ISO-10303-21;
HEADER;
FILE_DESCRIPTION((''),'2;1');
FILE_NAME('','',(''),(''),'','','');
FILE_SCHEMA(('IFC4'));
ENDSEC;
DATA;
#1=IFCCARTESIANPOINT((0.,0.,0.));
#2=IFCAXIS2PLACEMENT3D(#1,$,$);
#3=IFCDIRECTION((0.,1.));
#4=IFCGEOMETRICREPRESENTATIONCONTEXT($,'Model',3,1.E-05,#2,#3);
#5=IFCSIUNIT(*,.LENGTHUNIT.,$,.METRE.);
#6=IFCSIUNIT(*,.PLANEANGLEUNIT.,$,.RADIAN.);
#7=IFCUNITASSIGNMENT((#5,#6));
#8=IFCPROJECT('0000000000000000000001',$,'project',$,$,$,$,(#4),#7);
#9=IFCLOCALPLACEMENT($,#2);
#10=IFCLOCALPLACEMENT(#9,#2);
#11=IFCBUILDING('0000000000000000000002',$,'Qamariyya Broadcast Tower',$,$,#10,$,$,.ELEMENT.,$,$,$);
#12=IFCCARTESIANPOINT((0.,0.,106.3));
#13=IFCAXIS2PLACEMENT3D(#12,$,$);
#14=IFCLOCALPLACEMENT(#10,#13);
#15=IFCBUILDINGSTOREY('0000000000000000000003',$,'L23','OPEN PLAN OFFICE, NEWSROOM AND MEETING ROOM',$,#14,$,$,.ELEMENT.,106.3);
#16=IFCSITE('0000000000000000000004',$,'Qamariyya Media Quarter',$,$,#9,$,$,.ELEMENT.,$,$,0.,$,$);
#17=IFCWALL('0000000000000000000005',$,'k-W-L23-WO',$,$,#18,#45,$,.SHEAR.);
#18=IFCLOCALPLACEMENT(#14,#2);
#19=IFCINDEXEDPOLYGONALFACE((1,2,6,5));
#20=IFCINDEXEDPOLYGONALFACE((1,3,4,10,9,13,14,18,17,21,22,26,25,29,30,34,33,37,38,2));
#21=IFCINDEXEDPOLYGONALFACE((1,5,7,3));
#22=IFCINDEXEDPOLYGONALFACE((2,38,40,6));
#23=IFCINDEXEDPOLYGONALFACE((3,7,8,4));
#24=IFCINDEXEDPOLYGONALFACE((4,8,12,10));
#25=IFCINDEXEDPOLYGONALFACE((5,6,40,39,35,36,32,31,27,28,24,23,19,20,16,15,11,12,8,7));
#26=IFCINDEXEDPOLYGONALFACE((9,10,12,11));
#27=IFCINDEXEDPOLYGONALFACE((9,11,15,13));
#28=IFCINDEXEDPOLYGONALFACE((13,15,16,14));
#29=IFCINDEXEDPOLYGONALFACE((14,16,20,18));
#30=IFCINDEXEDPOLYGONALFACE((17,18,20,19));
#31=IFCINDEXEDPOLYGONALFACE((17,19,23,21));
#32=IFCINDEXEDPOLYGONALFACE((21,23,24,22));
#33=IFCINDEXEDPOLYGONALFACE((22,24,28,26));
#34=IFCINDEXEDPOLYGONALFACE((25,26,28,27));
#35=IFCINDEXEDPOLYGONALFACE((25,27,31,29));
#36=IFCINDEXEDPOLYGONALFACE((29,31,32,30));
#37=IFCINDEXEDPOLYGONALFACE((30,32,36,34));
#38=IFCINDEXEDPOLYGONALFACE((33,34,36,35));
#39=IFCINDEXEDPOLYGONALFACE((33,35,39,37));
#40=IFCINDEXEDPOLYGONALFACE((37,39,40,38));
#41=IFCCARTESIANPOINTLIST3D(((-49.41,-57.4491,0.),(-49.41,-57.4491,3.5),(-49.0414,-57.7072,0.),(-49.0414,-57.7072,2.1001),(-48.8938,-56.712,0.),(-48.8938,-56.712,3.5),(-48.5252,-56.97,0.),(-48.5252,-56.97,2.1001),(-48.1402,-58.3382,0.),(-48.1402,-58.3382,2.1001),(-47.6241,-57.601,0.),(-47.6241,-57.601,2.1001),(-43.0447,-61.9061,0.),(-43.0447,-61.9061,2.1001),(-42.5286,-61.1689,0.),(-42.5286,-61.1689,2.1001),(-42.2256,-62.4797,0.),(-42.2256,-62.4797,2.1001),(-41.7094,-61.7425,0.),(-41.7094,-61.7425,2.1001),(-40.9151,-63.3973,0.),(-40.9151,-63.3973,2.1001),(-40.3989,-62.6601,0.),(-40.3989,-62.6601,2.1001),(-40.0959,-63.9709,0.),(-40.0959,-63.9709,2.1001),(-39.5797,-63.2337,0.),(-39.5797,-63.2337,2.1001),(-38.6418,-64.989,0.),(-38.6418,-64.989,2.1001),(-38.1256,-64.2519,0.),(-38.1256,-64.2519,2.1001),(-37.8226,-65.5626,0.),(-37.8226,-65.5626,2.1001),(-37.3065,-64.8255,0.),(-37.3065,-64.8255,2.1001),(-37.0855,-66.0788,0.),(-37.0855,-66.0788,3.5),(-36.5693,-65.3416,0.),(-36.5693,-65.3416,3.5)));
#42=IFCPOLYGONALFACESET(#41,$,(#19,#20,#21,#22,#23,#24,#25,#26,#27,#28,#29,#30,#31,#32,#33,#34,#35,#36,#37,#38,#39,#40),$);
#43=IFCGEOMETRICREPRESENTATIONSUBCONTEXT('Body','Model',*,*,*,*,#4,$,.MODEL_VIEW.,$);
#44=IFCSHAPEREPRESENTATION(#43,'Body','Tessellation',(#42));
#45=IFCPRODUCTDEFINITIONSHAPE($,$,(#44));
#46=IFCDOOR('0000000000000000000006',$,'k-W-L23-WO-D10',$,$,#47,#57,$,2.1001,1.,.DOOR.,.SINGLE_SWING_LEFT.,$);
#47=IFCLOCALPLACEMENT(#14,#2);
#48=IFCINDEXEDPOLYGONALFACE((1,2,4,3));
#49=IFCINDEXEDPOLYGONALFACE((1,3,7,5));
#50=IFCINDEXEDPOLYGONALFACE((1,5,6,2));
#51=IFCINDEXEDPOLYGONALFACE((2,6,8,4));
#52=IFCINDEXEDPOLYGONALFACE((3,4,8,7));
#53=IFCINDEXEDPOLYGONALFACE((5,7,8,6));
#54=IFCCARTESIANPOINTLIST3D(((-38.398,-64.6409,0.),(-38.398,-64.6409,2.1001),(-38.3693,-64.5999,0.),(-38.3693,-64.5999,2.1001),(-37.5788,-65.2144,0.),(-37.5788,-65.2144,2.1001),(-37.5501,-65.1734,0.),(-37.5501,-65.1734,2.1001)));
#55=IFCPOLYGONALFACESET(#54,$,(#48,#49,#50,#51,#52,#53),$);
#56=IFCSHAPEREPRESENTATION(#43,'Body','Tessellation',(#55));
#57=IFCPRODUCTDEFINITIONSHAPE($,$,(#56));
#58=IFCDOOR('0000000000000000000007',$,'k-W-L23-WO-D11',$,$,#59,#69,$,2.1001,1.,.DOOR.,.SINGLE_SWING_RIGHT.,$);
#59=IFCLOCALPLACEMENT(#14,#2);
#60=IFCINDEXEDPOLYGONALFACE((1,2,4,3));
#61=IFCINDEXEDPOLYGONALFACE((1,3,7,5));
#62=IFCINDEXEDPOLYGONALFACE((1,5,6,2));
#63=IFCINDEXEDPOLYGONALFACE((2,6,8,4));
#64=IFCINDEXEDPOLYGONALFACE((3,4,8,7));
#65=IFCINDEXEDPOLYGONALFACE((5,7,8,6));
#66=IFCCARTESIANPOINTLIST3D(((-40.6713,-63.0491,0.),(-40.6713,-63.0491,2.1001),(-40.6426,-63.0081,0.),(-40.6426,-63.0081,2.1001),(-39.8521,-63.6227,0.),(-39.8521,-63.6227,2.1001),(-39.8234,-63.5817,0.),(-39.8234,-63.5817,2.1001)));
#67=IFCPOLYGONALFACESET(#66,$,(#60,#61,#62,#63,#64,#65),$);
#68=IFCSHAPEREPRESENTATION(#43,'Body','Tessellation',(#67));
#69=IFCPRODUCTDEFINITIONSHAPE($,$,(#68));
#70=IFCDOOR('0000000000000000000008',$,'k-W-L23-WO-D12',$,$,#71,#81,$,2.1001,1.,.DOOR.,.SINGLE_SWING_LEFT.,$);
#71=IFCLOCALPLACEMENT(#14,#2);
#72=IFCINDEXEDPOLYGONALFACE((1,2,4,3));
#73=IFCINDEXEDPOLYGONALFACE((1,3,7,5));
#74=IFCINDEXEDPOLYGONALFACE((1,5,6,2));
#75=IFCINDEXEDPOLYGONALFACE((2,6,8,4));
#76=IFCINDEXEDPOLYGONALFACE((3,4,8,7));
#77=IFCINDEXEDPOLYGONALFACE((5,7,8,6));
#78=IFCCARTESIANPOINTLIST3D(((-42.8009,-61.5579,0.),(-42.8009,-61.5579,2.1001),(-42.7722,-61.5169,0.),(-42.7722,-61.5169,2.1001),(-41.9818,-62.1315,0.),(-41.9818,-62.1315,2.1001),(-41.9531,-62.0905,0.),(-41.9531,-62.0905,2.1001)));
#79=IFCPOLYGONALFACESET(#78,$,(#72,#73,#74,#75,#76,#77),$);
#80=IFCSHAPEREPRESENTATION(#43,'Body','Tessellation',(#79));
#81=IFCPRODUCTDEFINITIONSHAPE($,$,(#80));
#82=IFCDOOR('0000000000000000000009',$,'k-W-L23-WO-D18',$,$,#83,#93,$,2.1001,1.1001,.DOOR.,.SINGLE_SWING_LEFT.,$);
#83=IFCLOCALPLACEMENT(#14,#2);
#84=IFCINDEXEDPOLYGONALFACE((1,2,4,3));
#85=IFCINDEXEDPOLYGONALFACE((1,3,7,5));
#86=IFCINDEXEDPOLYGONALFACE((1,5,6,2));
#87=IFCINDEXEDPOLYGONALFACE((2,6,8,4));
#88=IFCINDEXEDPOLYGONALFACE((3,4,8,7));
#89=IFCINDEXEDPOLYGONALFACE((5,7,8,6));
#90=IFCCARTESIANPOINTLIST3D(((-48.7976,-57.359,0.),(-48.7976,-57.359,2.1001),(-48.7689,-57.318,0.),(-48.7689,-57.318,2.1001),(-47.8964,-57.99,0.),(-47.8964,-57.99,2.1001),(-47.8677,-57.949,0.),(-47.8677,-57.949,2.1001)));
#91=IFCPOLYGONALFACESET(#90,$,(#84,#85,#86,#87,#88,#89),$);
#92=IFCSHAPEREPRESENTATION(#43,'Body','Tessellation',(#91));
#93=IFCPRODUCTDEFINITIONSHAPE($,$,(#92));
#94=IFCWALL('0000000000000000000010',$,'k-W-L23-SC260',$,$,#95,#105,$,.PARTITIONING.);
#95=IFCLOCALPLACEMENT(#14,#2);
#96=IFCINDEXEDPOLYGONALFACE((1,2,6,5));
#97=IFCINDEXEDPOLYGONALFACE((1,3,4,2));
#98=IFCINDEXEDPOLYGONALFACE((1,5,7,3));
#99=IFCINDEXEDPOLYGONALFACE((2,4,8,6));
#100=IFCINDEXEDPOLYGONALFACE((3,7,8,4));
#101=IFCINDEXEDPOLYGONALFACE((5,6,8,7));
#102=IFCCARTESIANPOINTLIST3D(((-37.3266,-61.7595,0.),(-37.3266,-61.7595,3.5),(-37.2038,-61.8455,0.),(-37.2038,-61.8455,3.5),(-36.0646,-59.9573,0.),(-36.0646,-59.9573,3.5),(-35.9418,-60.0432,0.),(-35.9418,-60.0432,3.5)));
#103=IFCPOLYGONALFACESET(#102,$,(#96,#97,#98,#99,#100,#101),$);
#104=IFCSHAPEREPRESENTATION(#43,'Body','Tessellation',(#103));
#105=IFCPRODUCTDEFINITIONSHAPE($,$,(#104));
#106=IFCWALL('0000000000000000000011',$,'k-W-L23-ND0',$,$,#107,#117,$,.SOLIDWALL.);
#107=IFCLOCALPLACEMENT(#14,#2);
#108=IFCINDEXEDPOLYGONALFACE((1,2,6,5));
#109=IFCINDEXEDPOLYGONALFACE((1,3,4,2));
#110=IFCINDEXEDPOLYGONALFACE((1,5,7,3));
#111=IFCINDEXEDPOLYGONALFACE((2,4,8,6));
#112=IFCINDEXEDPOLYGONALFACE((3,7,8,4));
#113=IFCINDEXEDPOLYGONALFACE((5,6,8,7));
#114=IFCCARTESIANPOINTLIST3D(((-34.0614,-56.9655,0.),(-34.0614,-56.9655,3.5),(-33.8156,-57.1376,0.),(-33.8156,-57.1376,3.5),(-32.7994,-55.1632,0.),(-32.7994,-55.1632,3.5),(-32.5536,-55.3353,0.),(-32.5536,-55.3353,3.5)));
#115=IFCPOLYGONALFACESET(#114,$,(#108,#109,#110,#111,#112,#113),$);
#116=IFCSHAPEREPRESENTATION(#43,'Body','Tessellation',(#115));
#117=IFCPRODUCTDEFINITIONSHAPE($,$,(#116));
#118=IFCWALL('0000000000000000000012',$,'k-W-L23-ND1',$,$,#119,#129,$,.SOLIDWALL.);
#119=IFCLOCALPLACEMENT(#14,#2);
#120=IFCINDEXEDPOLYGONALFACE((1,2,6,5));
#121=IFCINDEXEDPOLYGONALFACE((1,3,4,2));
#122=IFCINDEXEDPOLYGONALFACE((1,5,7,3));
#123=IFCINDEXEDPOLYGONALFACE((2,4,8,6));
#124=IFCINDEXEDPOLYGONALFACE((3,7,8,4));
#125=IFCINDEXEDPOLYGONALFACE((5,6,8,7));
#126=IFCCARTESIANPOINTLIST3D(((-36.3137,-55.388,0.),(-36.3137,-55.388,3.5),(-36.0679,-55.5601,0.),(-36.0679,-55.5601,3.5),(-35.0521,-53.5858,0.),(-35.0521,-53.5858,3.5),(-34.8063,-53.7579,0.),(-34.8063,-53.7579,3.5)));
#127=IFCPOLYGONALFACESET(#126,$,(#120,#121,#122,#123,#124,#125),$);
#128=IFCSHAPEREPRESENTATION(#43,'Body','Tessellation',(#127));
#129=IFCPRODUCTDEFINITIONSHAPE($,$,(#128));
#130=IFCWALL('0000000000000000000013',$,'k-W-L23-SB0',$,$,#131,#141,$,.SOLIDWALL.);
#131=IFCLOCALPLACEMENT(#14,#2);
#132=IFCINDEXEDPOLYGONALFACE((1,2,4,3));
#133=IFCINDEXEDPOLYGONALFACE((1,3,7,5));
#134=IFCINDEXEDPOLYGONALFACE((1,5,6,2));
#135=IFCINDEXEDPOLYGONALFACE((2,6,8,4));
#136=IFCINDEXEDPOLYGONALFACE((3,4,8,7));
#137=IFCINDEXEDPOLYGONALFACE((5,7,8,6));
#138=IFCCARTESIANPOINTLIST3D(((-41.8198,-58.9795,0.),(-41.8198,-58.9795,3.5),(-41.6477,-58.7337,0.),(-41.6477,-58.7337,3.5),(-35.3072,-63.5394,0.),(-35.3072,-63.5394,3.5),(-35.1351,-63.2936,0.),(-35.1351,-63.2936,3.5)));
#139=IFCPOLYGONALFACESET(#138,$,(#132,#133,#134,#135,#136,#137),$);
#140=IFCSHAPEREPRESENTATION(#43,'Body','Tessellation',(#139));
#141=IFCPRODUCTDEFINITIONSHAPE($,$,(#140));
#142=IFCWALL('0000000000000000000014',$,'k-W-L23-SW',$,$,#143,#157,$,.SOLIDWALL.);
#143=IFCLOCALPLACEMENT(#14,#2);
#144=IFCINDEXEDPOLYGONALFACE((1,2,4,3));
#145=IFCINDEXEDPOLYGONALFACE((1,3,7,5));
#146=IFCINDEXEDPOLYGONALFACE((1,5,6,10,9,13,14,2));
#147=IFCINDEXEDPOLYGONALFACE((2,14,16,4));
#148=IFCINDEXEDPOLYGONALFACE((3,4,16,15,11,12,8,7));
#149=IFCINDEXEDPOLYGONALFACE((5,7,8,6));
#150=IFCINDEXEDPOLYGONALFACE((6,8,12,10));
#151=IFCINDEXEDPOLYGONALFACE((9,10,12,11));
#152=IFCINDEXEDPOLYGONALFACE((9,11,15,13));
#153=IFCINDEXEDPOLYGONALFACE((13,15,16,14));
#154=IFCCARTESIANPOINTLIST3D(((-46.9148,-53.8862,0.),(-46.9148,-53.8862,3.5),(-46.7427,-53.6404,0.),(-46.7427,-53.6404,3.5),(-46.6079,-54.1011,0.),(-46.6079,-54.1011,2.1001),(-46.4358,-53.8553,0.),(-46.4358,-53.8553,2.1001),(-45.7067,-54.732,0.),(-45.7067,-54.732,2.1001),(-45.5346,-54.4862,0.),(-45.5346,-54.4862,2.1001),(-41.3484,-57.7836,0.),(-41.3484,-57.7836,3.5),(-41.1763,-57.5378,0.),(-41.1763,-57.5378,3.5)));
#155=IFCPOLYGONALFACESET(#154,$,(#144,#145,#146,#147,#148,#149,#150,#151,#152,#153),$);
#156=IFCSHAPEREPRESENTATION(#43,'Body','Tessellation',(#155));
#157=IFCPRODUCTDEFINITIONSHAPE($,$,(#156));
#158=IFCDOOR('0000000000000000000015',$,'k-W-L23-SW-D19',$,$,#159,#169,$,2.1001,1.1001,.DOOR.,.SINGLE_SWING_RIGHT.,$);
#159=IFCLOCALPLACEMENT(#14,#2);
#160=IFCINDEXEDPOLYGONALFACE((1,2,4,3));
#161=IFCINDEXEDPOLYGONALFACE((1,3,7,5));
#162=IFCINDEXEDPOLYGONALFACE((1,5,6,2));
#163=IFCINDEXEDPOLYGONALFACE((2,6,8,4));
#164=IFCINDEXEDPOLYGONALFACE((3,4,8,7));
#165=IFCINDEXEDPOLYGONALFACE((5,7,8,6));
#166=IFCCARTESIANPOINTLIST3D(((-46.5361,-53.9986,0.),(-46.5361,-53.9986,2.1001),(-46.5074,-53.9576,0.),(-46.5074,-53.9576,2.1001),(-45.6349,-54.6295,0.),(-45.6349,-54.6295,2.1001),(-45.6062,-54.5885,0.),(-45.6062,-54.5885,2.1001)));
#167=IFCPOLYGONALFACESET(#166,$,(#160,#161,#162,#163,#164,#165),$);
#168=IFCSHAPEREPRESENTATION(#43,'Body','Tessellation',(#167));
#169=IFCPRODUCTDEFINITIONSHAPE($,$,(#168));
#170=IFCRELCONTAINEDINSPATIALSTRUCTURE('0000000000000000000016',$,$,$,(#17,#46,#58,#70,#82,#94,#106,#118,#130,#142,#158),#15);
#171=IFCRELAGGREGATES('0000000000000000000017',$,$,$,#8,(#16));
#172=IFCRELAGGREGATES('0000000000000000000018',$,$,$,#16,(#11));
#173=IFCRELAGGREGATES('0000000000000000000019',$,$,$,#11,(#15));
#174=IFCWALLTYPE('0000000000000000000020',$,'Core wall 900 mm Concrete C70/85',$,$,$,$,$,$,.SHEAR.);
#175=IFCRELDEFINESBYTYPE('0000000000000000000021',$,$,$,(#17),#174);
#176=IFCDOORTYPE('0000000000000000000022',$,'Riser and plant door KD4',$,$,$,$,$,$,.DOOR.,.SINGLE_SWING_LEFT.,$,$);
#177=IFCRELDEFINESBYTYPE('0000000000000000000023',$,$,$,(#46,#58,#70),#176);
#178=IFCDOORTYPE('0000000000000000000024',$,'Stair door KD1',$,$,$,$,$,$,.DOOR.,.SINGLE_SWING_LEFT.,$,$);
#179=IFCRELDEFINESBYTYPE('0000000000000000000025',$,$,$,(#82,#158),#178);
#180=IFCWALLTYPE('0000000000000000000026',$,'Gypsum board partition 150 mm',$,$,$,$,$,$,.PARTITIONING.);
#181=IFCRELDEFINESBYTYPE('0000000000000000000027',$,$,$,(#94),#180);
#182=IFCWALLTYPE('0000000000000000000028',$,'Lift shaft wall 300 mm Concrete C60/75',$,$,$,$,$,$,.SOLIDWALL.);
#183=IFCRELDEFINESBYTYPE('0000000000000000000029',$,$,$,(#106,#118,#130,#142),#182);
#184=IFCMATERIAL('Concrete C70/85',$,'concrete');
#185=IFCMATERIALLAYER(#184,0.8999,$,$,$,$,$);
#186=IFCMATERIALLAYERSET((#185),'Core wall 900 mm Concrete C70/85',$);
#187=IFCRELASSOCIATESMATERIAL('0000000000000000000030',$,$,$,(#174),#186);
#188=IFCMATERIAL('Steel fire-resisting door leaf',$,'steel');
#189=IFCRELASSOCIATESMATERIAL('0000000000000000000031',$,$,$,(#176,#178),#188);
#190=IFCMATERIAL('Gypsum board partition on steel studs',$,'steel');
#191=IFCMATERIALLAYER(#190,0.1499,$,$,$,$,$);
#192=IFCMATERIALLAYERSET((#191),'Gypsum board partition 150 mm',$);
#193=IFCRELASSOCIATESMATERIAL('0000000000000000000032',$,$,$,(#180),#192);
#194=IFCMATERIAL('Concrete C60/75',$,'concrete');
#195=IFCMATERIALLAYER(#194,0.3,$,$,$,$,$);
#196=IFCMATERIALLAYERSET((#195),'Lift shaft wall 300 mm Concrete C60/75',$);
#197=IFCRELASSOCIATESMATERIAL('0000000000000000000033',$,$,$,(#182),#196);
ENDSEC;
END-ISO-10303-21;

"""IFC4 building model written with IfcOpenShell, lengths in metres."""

from ifc_helpers import new_model, si_unit, direction, frame, frame_2d, origin, place, context, subcontext, project, spatial, rectangle, extrude, material, layer, layer_set, type_object, element, fill, save


model = new_model("IFC4")

# Units and contexts
model_context = context("Model", 3, precision=1e-05, world=origin(), true_north=direction((0.0, 1.0)))
body_context = subcontext(model_context, "Body", "Model", "MODEL_VIEW")
ifc_project = project(units=[si_unit("LENGTHUNIT", "METRE"), si_unit("PLANEANGLEUNIT", "RADIAN")], contexts=[model_context])

# Site, building, storey
site_placement = place(None, origin())
site = spatial("IfcSite", under=ifc_project, at=site_placement, Name="Qamariyya Media Quarter", CompositionType="ELEMENT", RefElevation=0.0)
building_placement = place(site_placement, origin())
building = spatial("IfcBuilding", under=site, at=building_placement, Name="Qamariyya Broadcast Tower", CompositionType="ELEMENT")
storey_placement = place(building_placement, frame((0.0, 0.0, 106.3)))
storey = spatial("IfcBuildingStorey", under=building, at=storey_placement, Name="L23", Description="OPEN PLAN OFFICE, NEWSROOM AND MEETING ROOM", CompositionType="ELEMENT", Elevation=106.3)

# Shared definitions
ifc_material_1 = material(Name="Concrete C70/85", Category="concrete")

# Shared definitions
ifc_layer_1 = layer(ifc_material_1, 0.8999)
ifc_layer_set_1 = layer_set([ifc_layer_1], Name="Core wall 900 mm Concrete C70/85")
wall_type_1 = type_object("IfcWallType", Name="Core wall 900 mm Concrete C70/85", PredefinedType="SHEAR", material=ifc_layer_set_1)
ifc_material_2 = material(Name="Steel fire-resisting door leaf", Category="steel")

# Wall, openings, doors
wall_1_placement = place(storey_placement, frame((-36.8274, -65.7102, 0.0), z_axis=(0.0, 0.0, 1.0), x_axis=(-0.819153, 0.573575, 0.0)))
wall_1 = element("IfcWall", 1, at=wall_1_placement, inside=storey, type_object=wall_type_1, Name="k-W-L23-WO", PredefinedType="SHEAR", context=body_context, shape_type="SweptSolid", body=[
    extrude(rectangle(XDim=15.0454, YDim=0.8999, at=frame_2d((7.5227, 0.0))), origin(), (0.0, 0.0, 1.0), 3.5),
])
opening_1_placement = place(wall_1_placement, frame((0.8999, 0.0, 0.0)))
opening_1 = element("IfcOpeningElement", 2, at=opening_1_placement, cuts=wall_1, PredefinedType="OPENING", context=body_context, shape_type="SweptSolid", body=[
    extrude(rectangle(XDim=1.0, YDim=2.1001, at=frame_2d((0.5, 1.05))), frame((0.0, 0.46, 0.0), z_axis=(0.0, -1.0, 0.0), x_axis=(1.0, 0.0, 0.0)), (0.0, 0.0, 1.0), 0.9199),
])
opening_2_placement = place(wall_1_placement, frame((3.675, 0.0, 0.0)))
opening_2 = element("IfcOpeningElement", 3, at=opening_2_placement, cuts=wall_1, PredefinedType="OPENING", context=body_context, shape_type="SweptSolid", body=[
    extrude(rectangle(XDim=1.0, YDim=2.1001, at=frame_2d((0.5, 1.05))), frame((0.0, 0.46, 0.0), z_axis=(0.0, -1.0, 0.0), x_axis=(1.0, 0.0, 0.0)), (0.0, 0.0, 1.0), 0.9199),
])
opening_3_placement = place(wall_1_placement, frame((6.2749, 0.0, 0.0)))
opening_3 = element("IfcOpeningElement", 4, at=opening_3_placement, cuts=wall_1, PredefinedType="OPENING", context=body_context, shape_type="SweptSolid", body=[
    extrude(rectangle(XDim=1.0, YDim=2.1001, at=frame_2d((0.5, 1.05))), frame((0.0, 0.46, 0.0), z_axis=(0.0, -1.0, 0.0), x_axis=(1.0, 0.0, 0.0)), (0.0, 0.0, 1.0), 0.9199),
])
opening_4_placement = place(wall_1_placement, frame((13.4954, 0.0, 0.0)))
opening_4 = element("IfcOpeningElement", 5, at=opening_4_placement, cuts=wall_1, PredefinedType="OPENING", context=body_context, shape_type="SweptSolid", body=[
    extrude(rectangle(XDim=1.1001, YDim=2.1001, at=frame_2d((0.55, 1.05))), frame((0.0, 0.46, 0.0), z_axis=(0.0, -1.0, 0.0), x_axis=(1.0, 0.0, 0.0)), (0.0, 0.0, 1.0), 0.9199),
])
door_type_1 = type_object("IfcDoorType", Name="Riser and plant door KD4", OperationType="SINGLE_SWING_LEFT", PredefinedType="DOOR", material=ifc_material_2)
door_1_placement = place(opening_1_placement, origin())
door_1 = element("IfcDoor", 6, at=door_1_placement, inside=storey, type_object=door_type_1, Name="k-W-L23-WO-D10", OperationType="SINGLE_SWING_LEFT", OverallHeight=2.1001, OverallWidth=1.0, PredefinedType="DOOR", context=body_context, shape_type="SweptSolid", body=[
    extrude(rectangle(XDim=1.0, YDim=2.1001, at=frame_2d((0.5, 1.05))), frame((0.0, 0.0249, 0.0), z_axis=(0.0, -1.0, 0.0), x_axis=(1.0, 0.0, 0.0)), (0.0, 0.0, 1.0), 0.05),
])
fill(opening_1, door_1)
door_2_placement = place(opening_2_placement, origin())
door_2 = element("IfcDoor", 7, at=door_2_placement, inside=storey, type_object=door_type_1, Name="k-W-L23-WO-D11", OperationType="SINGLE_SWING_RIGHT", OverallHeight=2.1001, OverallWidth=1.0, PredefinedType="DOOR", context=body_context, shape_type="SweptSolid", body=[
    extrude(rectangle(XDim=1.0, YDim=2.1001, at=frame_2d((0.5, 1.05))), frame((0.0, 0.0249, 0.0), z_axis=(0.0, -1.0, 0.0), x_axis=(1.0, 0.0, 0.0)), (0.0, 0.0, 1.0), 0.05),
])
fill(opening_2, door_2)
door_3_placement = place(opening_3_placement, origin())
door_3 = element("IfcDoor", 8, at=door_3_placement, inside=storey, type_object=door_type_1, Name="k-W-L23-WO-D12", OperationType="SINGLE_SWING_LEFT", OverallHeight=2.1001, OverallWidth=1.0, PredefinedType="DOOR", context=body_context, shape_type="SweptSolid", body=[
    extrude(rectangle(XDim=1.0, YDim=2.1001, at=frame_2d((0.5, 1.05))), frame((0.0, 0.0249, 0.0), z_axis=(0.0, -1.0, 0.0), x_axis=(1.0, 0.0, 0.0)), (0.0, 0.0, 1.0), 0.05),
])
fill(opening_3, door_3)
door_type_2 = type_object("IfcDoorType", Name="Stair door KD1", OperationType="SINGLE_SWING_LEFT", PredefinedType="DOOR", material=ifc_material_2)
door_4_placement = place(opening_4_placement, origin())
door_4 = element("IfcDoor", 9, at=door_4_placement, inside=storey, type_object=door_type_2, Name="k-W-L23-WO-D18", OperationType="SINGLE_SWING_LEFT", OverallHeight=2.1001, OverallWidth=1.1001, PredefinedType="DOOR", context=body_context, shape_type="SweptSolid", body=[
    extrude(rectangle(XDim=1.1001, YDim=2.1001, at=frame_2d((0.55, 1.05))), frame((0.0, 0.0249, 0.0), z_axis=(0.0, -1.0, 0.0), x_axis=(1.0, 0.0, 0.0)), (0.0, 0.0, 1.0), 0.05),
])
fill(opening_4, door_4)

# Walls
ifc_material_3 = material(Name="Gypsum board partition on steel studs", Category="steel")
ifc_layer_2 = layer(ifc_material_3, 0.1499)
ifc_layer_set_2 = layer_set([ifc_layer_2], Name="Gypsum board partition 150 mm")
wall_type_2 = type_object("IfcWallType", Name="Gypsum board partition 150 mm", PredefinedType="PARTITIONING", material=ifc_layer_set_2)
wall_2_placement = place(storey_placement, frame((-36.0032, -60.0002, 0.0), z_axis=(0.0, 0.0, 1.0), x_axis=(-0.573581, -0.819149, 0.0)))
element("IfcWall", 10, at=wall_2_placement, inside=storey, type_object=wall_type_2, Name="k-W-L23-SC260", PredefinedType="PARTITIONING", context=body_context, shape_type="SweptSolid", body=[
    extrude(rectangle(XDim=2.2002, YDim=0.1499, at=frame_2d((1.1001, 0.0))), origin(), (0.0, 0.0, 1.0), 3.5),
])
ifc_material_4 = material(Name="Concrete C60/75", Category="concrete")
ifc_layer_3 = layer(ifc_material_4, 0.3)
ifc_layer_set_3 = layer_set([ifc_layer_3], Name="Lift shaft wall 300 mm Concrete C60/75")
wall_type_3 = type_object("IfcWallType", Name="Lift shaft wall 300 mm Concrete C60/75", PredefinedType="SOLIDWALL", material=ifc_layer_set_3)
wall_3_placement = place(storey_placement, frame((-33.9385, -57.0515, 0.0), z_axis=(0.0, 0.0, 1.0), x_axis=(0.573581, 0.819149, 0.0)))
element("IfcWall", 11, at=wall_3_placement, inside=storey, type_object=wall_type_3, Name="k-W-L23-ND0", PredefinedType="SOLIDWALL", context=body_context, shape_type="SweptSolid", body=[
    extrude(rectangle(XDim=2.2002, YDim=0.3, at=frame_2d((1.1001, 0.0))), origin(), (0.0, 0.0, 1.0), 3.5),
])
wall_4_placement = place(storey_placement, frame((-36.1909, -55.4741, 0.0), z_axis=(0.0, 0.0, 1.0), x_axis=(0.573507, 0.819201, 0.0)))
element("IfcWall", 12, at=wall_4_placement, inside=storey, type_object=wall_type_3, Name="k-W-L23-ND1", PredefinedType="SOLIDWALL", context=body_context, shape_type="SweptSolid", body=[
    extrude(rectangle(XDim=2.2, YDim=0.3, at=frame_2d((1.1001, 0.0))), origin(), (0.0, 0.0, 1.0), 3.5),
])
wall_5_placement = place(storey_placement, frame((-35.2212, -63.4165, 0.0), z_axis=(0.0, 0.0, 1.0), x_axis=(-0.819167, 0.573555, 0.0)))
element("IfcWall", 13, at=wall_5_placement, inside=storey, type_object=wall_type_3, Name="k-W-L23-SB0", PredefinedType="SOLIDWALL", context=body_context, shape_type="SweptSolid", body=[
    extrude(rectangle(XDim=7.9502, YDim=0.3, at=frame_2d((3.9751, 0.0))), origin(), (0.0, 0.0, 1.0), 3.5),
])

# Wall, opening, door
wall_6_placement = place(storey_placement, frame((-41.2625, -57.6606, 0.0), z_axis=(0.0, 0.0, 1.0), x_axis=(-0.819164, 0.573559, 0.0)))
wall_6 = element("IfcWall", 14, at=wall_6_placement, inside=storey, type_object=wall_type_3, Name="k-W-L23-SW", PredefinedType="SOLIDWALL", context=body_context, shape_type="SweptSolid", body=[
    extrude(rectangle(XDim=6.7952, YDim=0.3, at=frame_2d((3.3975, 0.0))), origin(), (0.0, 0.0, 1.0), 3.5),
])
opening_5_placement = place(wall_6_placement, frame((5.3203, 0.0, 0.0)))
opening_5 = element("IfcOpeningElement", 15, at=opening_5_placement, cuts=wall_6, PredefinedType="OPENING", context=body_context, shape_type="SweptSolid", body=[
    extrude(rectangle(XDim=1.1001, YDim=2.1001, at=frame_2d((0.55, 1.05))), frame((0.0, 0.1599, 0.0), z_axis=(0.0, -1.0, 0.0), x_axis=(1.0, 0.0, 0.0)), (0.0, 0.0, 1.0), 0.3201),
])
door_5_placement = place(opening_5_placement, origin())
door_5 = element("IfcDoor", 16, at=door_5_placement, inside=storey, type_object=door_type_2, Name="k-W-L23-SW-D19", OperationType="SINGLE_SWING_RIGHT", OverallHeight=2.1001, OverallWidth=1.1001, PredefinedType="DOOR", context=body_context, shape_type="SweptSolid", body=[
    extrude(rectangle(XDim=1.1001, YDim=2.1001, at=frame_2d((0.55, 1.05))), frame((0.0, 0.0249, 0.0), z_axis=(0.0, -1.0, 0.0), x_axis=(1.0, 0.0, 0.0)), (0.0, 0.0, 1.0), 0.05),
])
fill(opening_5, door_5)

save(model, "model.ifc")
